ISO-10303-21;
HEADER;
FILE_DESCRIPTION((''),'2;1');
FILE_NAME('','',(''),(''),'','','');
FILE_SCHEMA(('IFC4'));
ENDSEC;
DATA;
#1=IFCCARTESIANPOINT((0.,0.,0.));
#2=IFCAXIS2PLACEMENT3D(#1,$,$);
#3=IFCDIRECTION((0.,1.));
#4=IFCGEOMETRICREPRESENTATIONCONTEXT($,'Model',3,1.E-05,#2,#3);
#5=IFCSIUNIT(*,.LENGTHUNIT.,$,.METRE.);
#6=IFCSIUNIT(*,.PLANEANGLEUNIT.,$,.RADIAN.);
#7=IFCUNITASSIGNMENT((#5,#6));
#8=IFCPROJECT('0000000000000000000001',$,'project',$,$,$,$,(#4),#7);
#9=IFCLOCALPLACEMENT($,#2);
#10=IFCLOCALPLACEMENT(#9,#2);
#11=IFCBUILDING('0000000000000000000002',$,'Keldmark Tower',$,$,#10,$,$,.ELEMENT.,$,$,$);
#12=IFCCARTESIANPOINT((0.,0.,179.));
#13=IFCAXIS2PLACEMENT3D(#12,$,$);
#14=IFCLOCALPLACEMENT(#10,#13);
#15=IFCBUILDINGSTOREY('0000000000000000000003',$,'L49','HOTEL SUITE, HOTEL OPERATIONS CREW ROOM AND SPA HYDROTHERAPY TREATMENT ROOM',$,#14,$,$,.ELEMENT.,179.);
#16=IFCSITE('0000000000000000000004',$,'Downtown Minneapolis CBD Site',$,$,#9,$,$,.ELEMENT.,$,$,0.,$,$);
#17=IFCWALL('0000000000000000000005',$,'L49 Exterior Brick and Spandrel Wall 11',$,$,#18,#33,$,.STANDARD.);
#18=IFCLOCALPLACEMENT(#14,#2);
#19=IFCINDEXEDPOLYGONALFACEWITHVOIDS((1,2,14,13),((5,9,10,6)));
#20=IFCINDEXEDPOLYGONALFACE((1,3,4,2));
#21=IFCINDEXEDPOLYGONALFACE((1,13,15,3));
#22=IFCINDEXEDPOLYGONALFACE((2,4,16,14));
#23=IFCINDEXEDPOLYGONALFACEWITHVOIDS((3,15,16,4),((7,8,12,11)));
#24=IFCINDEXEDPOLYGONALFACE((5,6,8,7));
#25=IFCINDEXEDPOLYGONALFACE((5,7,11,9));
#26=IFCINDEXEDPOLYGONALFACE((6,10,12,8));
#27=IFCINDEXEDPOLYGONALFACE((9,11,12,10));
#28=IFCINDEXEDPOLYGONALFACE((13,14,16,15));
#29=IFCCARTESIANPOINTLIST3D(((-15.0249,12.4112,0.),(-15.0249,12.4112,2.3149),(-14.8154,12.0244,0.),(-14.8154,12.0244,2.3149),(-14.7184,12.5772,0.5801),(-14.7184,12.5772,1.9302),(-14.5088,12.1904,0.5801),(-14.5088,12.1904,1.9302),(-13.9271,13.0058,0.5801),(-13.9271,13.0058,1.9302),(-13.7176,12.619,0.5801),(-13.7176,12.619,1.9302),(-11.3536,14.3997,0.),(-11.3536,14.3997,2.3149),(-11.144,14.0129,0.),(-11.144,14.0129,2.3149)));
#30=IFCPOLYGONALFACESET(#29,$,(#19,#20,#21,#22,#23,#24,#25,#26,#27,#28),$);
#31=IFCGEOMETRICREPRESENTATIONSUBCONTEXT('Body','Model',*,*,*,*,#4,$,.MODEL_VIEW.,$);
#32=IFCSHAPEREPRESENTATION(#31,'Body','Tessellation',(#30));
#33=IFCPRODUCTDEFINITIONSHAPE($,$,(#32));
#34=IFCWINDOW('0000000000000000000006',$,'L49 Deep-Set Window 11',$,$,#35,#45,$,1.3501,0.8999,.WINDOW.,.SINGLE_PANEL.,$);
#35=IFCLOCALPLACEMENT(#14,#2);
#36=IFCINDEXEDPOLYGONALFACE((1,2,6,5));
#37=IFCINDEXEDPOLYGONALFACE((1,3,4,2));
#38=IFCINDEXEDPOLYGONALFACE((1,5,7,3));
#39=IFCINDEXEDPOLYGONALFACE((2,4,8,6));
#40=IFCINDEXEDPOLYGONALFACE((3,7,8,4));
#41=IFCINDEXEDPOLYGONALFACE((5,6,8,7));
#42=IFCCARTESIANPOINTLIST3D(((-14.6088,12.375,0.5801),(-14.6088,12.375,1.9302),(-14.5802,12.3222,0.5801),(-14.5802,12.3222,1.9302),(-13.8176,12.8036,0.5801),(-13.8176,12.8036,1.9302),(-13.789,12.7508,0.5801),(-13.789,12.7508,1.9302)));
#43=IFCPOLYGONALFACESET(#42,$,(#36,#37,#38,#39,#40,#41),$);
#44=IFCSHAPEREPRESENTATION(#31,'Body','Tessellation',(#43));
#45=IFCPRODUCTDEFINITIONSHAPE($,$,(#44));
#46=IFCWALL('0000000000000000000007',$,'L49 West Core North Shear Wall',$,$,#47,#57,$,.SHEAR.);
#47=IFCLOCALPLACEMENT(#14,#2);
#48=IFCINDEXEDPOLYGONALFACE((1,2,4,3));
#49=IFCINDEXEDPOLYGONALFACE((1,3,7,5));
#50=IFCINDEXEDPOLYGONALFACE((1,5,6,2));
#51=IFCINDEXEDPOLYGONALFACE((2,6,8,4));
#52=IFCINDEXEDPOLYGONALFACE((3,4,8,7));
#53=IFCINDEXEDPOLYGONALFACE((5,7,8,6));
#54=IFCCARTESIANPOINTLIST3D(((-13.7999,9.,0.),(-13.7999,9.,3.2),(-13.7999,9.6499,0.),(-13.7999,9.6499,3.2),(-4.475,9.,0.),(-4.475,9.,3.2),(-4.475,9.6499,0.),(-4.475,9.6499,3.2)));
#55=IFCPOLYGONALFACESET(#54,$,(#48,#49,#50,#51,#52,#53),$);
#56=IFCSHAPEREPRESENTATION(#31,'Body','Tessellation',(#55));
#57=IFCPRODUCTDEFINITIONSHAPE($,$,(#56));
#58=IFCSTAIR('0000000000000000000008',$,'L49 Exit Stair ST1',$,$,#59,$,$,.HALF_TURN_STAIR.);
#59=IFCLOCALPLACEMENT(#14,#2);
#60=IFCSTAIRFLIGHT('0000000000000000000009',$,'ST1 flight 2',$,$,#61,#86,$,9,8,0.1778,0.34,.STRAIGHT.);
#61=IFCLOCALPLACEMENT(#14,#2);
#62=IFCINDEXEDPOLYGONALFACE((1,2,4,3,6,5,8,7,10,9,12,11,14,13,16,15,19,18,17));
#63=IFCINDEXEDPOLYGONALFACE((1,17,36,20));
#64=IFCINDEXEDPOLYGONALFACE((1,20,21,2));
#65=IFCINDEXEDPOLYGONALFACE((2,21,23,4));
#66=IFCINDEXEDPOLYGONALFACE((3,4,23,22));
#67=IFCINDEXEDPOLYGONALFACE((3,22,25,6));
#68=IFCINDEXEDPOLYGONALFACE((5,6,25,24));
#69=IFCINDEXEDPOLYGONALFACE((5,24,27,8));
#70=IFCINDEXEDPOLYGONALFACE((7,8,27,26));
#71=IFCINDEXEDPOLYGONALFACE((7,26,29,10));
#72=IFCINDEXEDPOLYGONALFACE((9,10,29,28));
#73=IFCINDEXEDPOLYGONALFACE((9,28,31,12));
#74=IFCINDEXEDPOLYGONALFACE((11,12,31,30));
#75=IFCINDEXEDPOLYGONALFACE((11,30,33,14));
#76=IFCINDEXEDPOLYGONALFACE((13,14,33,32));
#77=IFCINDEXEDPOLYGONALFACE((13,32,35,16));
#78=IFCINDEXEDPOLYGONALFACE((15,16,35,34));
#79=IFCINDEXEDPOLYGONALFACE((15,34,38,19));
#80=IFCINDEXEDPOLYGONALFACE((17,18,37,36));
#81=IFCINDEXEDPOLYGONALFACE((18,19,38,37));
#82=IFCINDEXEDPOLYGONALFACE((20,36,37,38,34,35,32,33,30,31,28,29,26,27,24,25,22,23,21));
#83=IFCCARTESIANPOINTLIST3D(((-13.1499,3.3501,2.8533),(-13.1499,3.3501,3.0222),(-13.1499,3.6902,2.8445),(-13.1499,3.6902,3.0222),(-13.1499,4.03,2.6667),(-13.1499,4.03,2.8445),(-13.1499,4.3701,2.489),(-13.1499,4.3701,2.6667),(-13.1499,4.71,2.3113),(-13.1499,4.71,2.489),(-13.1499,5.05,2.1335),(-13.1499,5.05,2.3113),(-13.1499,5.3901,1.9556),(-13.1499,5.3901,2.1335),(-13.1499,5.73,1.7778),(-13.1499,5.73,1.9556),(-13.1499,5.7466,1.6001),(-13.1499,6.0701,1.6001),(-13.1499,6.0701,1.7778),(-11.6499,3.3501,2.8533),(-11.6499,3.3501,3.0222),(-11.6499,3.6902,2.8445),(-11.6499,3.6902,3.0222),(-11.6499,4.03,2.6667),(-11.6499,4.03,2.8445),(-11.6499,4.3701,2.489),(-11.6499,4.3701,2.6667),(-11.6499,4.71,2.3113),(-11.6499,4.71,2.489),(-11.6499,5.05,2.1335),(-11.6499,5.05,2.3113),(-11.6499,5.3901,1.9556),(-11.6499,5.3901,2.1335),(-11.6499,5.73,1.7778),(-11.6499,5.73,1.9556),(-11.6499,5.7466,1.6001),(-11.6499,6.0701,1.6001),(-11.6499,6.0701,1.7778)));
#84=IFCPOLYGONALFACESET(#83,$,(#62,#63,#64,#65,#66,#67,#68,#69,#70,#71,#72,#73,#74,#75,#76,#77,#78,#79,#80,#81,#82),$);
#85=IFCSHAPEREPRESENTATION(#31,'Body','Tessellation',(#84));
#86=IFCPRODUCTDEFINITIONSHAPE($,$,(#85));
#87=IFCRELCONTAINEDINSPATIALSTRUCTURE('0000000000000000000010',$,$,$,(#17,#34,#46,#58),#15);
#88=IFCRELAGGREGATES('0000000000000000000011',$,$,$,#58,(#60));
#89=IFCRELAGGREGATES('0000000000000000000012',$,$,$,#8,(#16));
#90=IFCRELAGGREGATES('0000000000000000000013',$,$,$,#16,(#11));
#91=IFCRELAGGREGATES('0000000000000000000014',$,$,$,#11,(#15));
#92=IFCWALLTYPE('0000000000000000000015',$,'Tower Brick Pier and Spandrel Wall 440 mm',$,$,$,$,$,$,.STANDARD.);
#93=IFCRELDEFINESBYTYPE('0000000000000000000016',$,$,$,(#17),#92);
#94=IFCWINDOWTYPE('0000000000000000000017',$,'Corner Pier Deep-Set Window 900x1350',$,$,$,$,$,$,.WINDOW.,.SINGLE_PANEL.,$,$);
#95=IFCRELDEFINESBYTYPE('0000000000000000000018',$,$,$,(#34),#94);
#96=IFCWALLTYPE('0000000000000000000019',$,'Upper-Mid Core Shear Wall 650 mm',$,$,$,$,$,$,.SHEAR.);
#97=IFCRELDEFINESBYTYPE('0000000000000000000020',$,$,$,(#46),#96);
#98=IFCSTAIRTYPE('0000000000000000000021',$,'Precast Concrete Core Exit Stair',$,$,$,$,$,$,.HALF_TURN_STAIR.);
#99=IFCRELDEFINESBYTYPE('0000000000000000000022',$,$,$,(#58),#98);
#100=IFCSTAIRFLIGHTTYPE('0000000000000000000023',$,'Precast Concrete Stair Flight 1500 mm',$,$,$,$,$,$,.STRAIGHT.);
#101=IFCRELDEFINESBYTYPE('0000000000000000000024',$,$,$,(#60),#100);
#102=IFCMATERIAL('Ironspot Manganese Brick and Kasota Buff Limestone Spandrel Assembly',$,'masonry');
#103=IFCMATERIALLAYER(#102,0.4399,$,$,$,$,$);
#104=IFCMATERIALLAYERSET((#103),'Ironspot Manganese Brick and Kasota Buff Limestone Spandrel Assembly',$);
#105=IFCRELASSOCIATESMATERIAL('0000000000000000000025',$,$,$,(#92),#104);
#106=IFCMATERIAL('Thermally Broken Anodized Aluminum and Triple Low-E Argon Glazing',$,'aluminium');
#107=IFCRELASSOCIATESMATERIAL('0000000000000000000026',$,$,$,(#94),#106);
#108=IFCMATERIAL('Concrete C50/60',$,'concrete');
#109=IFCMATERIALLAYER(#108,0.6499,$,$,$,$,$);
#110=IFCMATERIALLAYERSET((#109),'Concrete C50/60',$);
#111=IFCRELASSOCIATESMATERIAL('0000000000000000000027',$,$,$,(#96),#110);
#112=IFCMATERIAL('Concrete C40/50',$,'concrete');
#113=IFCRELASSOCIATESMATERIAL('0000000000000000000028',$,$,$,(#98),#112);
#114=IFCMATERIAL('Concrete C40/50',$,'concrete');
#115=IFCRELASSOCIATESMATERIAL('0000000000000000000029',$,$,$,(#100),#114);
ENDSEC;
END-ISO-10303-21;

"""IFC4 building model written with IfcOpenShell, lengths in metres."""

from ifc_helpers import new_model, si_unit, direction, frame, frame_2d, origin, place, context, subcontext, project, spatial, polyline, rectangle, outline, extrude, material, layer, layer_set, type_object, element, fill, aggregate, save


model = new_model("IFC4")

# Units and contexts
model_context = context("Model", 3, precision=1e-05, world=origin(), true_north=direction((0.0, 1.0)))
body_context = subcontext(model_context, "Body", "Model", "MODEL_VIEW")
ifc_project = project(units=[si_unit("LENGTHUNIT", "METRE"), si_unit("PLANEANGLEUNIT", "RADIAN")], contexts=[model_context])

# Site, building, storey
site_placement = place(None, origin())
site = spatial("IfcSite", under=ifc_project, at=site_placement, Name="Downtown Minneapolis CBD Site", CompositionType="ELEMENT", RefElevation=0.0)
building_placement = place(site_placement, origin())
building = spatial("IfcBuilding", under=site, at=building_placement, Name="Keldmark Tower", CompositionType="ELEMENT")
storey_placement = place(building_placement, frame((0.0, 0.0, 179.0)))
storey = spatial("IfcBuildingStorey", under=building, at=storey_placement, Name="L49", Description="HOTEL SUITE, HOTEL OPERATIONS CREW ROOM AND SPA HYDROTHERAPY TREATMENT ROOM", CompositionType="ELEMENT", Elevation=179.0)

# Wall, opening, window
ifc_material_1 = material(Name="Ironspot Manganese Brick and Kasota Buff Limestone Spandrel Assembly", Category="masonry")
ifc_layer_1 = layer(ifc_material_1, 0.4399)
ifc_layer_set_1 = layer_set([ifc_layer_1], Name="Ironspot Manganese Brick and Kasota Buff Limestone Spandrel Assembly")
wall_type_1 = type_object("IfcWallType", Name="Tower Brick Pier and Spandrel Wall 440 mm", PredefinedType="STANDARD", material=ifc_layer_set_1)
ifc_material_2 = material(Name="Thermally Broken Anodized Aluminum and Triple Low-E Argon Glazing", Category="aluminium")
window_type = type_object("IfcWindowType", Name="Corner Pier Deep-Set Window 900x1350", PartitioningType="SINGLE_PANEL", PredefinedType="WINDOW", material=ifc_material_2)
wall_1_placement = place(storey_placement, frame((-14.9202, 12.2178, 0.0), z_axis=(0.0, 0.0, 1.0), x_axis=(0.879306, 0.476257, 0.0)))
wall_1 = element("IfcWall", 1, at=wall_1_placement, inside=storey, type_object=wall_type_1, Name="L49 Exterior Brick and Spandrel Wall 11", PredefinedType="STANDARD", context=body_context, shape_type="SweptSolid", body=[
    extrude(rectangle(XDim=4.1753, YDim=0.4399, at=frame_2d((2.0876, 0.0))), origin(), (0.0, 0.0, 1.0), 2.3149),
])
opening_1_placement = place(wall_1_placement, frame((0.3486, 0.0, 0.5801)))
opening_1 = element("IfcOpeningElement", 2, at=opening_1_placement, cuts=wall_1, PredefinedType="OPENING", context=body_context, shape_type="SweptSolid", body=[
    extrude(rectangle(XDim=0.8999, YDim=1.3501, at=frame_2d((0.45, 0.675))), frame((0.0, 0.23, 0.0), z_axis=(0.0, -1.0, 0.0), x_axis=(1.0, 0.0, 0.0)), (0.0, 0.0, 1.0), 0.46),
])
window_1_placement = place(opening_1_placement, origin())
window_1 = element("IfcWindow", 3, at=window_1_placement, inside=storey, type_object=window_type, Name="L49 Deep-Set Window 11", OverallHeight=1.3501, OverallWidth=0.8999, PartitioningType="SINGLE_PANEL", PredefinedType="WINDOW", context=body_context, shape_type="SweptSolid", body=[
    extrude(rectangle(XDim=0.8999, YDim=1.3501, at=frame_2d((0.45, 0.675))), frame((0.0, -0.01, 0.0), z_axis=(0.0, -1.0, 0.0), x_axis=(1.0, 0.0, 0.0)), (0.0, 0.0, 1.0), 0.0601),
])
fill(opening_1, window_1)

# Wall
ifc_material_3 = material(Name="Concrete C50/60", Category="concrete")
ifc_layer_2 = layer(ifc_material_3, 0.6499)
ifc_layer_set_2 = layer_set([ifc_layer_2], Name="Concrete C50/60")
wall_type_2 = type_object("IfcWallType", Name="Upper-Mid Core Shear Wall 650 mm", PredefinedType="SHEAR", material=ifc_layer_set_2)
wall_2_placement = place(storey_placement, frame((-13.8, 9.325, 0.0), z_axis=(0.0, 0.0, 1.0), x_axis=(1.0, 0.0, 0.0)))
element("IfcWall", 4, at=wall_2_placement, inside=storey, type_object=wall_type_2, Name="L49 West Core North Shear Wall", PredefinedType="SHEAR", context=body_context, shape_type="SweptSolid", body=[
    extrude(rectangle(XDim=9.325, YDim=0.6499, at=frame_2d((4.6626, 0.0))), origin(), (0.0, 0.0, 1.0), 3.2),
])

# Stair, stair flight
ifc_material_4 = material(Name="Concrete C40/50", Category="concrete")
stair_type = type_object("IfcStairType", Name="Precast Concrete Core Exit Stair", PredefinedType="HALF_TURN_STAIR", material=ifc_material_4)
stair_placement = place(storey_placement, origin())
stair = element("IfcStair", 5, at=stair_placement, inside=storey, type_object=stair_type, Name="L49 Exit Stair ST1", PredefinedType="HALF_TURN_STAIR")
ifc_material_5 = material(Name="Concrete C40/50", Category="concrete")
stair_flight_type = type_object("IfcStairFlightType", Name="Precast Concrete Stair Flight 1500 mm", PredefinedType="STRAIGHT", material=ifc_material_5)
stair_flight_placement = place(storey_placement, frame((-12.3999, 6.0701, 1.6001), z_axis=(0.0, 0.0, 1.0), x_axis=(0.0, -1.0, 0.0)))
stair_flight = element("IfcStairFlight", 6, at=stair_flight_placement, type_object=stair_flight_type, Name="ST1 flight 2", NumberOfRisers=9, NumberOfTreads=8, PredefinedType="STRAIGHT", RiserHeight=0.1778, TreadLength=0.34, context=body_context, shape_type="SweptSolid", body=[
    extrude(outline(polyline([(0.0, 0.0), (0.0, 0.1777), (0.3401, 0.1777), (0.3401, 0.3555), (0.6799, 0.3555), (0.6799, 0.5334), (1.02, 0.5334), (1.02, 0.7112), (1.3601, 0.7112), (1.3601, 0.8889), (1.7, 0.8889), (1.7, 1.0667), (2.04, 1.0667), (2.04, 1.2444), (2.3799, 1.2444), (2.3799, 1.4221), (2.72, 1.4221), (2.72, 1.6001), (2.72, 1.2532), (0.3235, 0.0), (0.0, 0.0)])), frame((0.0, 0.75, 0.0), z_axis=(0.0, -1.0, 0.0), x_axis=(1.0, 0.0, 0.0)), (0.0, 0.0, 1.0), 1.5),
])
aggregate(stair, [stair_flight])

save(model, "model.ifc")
